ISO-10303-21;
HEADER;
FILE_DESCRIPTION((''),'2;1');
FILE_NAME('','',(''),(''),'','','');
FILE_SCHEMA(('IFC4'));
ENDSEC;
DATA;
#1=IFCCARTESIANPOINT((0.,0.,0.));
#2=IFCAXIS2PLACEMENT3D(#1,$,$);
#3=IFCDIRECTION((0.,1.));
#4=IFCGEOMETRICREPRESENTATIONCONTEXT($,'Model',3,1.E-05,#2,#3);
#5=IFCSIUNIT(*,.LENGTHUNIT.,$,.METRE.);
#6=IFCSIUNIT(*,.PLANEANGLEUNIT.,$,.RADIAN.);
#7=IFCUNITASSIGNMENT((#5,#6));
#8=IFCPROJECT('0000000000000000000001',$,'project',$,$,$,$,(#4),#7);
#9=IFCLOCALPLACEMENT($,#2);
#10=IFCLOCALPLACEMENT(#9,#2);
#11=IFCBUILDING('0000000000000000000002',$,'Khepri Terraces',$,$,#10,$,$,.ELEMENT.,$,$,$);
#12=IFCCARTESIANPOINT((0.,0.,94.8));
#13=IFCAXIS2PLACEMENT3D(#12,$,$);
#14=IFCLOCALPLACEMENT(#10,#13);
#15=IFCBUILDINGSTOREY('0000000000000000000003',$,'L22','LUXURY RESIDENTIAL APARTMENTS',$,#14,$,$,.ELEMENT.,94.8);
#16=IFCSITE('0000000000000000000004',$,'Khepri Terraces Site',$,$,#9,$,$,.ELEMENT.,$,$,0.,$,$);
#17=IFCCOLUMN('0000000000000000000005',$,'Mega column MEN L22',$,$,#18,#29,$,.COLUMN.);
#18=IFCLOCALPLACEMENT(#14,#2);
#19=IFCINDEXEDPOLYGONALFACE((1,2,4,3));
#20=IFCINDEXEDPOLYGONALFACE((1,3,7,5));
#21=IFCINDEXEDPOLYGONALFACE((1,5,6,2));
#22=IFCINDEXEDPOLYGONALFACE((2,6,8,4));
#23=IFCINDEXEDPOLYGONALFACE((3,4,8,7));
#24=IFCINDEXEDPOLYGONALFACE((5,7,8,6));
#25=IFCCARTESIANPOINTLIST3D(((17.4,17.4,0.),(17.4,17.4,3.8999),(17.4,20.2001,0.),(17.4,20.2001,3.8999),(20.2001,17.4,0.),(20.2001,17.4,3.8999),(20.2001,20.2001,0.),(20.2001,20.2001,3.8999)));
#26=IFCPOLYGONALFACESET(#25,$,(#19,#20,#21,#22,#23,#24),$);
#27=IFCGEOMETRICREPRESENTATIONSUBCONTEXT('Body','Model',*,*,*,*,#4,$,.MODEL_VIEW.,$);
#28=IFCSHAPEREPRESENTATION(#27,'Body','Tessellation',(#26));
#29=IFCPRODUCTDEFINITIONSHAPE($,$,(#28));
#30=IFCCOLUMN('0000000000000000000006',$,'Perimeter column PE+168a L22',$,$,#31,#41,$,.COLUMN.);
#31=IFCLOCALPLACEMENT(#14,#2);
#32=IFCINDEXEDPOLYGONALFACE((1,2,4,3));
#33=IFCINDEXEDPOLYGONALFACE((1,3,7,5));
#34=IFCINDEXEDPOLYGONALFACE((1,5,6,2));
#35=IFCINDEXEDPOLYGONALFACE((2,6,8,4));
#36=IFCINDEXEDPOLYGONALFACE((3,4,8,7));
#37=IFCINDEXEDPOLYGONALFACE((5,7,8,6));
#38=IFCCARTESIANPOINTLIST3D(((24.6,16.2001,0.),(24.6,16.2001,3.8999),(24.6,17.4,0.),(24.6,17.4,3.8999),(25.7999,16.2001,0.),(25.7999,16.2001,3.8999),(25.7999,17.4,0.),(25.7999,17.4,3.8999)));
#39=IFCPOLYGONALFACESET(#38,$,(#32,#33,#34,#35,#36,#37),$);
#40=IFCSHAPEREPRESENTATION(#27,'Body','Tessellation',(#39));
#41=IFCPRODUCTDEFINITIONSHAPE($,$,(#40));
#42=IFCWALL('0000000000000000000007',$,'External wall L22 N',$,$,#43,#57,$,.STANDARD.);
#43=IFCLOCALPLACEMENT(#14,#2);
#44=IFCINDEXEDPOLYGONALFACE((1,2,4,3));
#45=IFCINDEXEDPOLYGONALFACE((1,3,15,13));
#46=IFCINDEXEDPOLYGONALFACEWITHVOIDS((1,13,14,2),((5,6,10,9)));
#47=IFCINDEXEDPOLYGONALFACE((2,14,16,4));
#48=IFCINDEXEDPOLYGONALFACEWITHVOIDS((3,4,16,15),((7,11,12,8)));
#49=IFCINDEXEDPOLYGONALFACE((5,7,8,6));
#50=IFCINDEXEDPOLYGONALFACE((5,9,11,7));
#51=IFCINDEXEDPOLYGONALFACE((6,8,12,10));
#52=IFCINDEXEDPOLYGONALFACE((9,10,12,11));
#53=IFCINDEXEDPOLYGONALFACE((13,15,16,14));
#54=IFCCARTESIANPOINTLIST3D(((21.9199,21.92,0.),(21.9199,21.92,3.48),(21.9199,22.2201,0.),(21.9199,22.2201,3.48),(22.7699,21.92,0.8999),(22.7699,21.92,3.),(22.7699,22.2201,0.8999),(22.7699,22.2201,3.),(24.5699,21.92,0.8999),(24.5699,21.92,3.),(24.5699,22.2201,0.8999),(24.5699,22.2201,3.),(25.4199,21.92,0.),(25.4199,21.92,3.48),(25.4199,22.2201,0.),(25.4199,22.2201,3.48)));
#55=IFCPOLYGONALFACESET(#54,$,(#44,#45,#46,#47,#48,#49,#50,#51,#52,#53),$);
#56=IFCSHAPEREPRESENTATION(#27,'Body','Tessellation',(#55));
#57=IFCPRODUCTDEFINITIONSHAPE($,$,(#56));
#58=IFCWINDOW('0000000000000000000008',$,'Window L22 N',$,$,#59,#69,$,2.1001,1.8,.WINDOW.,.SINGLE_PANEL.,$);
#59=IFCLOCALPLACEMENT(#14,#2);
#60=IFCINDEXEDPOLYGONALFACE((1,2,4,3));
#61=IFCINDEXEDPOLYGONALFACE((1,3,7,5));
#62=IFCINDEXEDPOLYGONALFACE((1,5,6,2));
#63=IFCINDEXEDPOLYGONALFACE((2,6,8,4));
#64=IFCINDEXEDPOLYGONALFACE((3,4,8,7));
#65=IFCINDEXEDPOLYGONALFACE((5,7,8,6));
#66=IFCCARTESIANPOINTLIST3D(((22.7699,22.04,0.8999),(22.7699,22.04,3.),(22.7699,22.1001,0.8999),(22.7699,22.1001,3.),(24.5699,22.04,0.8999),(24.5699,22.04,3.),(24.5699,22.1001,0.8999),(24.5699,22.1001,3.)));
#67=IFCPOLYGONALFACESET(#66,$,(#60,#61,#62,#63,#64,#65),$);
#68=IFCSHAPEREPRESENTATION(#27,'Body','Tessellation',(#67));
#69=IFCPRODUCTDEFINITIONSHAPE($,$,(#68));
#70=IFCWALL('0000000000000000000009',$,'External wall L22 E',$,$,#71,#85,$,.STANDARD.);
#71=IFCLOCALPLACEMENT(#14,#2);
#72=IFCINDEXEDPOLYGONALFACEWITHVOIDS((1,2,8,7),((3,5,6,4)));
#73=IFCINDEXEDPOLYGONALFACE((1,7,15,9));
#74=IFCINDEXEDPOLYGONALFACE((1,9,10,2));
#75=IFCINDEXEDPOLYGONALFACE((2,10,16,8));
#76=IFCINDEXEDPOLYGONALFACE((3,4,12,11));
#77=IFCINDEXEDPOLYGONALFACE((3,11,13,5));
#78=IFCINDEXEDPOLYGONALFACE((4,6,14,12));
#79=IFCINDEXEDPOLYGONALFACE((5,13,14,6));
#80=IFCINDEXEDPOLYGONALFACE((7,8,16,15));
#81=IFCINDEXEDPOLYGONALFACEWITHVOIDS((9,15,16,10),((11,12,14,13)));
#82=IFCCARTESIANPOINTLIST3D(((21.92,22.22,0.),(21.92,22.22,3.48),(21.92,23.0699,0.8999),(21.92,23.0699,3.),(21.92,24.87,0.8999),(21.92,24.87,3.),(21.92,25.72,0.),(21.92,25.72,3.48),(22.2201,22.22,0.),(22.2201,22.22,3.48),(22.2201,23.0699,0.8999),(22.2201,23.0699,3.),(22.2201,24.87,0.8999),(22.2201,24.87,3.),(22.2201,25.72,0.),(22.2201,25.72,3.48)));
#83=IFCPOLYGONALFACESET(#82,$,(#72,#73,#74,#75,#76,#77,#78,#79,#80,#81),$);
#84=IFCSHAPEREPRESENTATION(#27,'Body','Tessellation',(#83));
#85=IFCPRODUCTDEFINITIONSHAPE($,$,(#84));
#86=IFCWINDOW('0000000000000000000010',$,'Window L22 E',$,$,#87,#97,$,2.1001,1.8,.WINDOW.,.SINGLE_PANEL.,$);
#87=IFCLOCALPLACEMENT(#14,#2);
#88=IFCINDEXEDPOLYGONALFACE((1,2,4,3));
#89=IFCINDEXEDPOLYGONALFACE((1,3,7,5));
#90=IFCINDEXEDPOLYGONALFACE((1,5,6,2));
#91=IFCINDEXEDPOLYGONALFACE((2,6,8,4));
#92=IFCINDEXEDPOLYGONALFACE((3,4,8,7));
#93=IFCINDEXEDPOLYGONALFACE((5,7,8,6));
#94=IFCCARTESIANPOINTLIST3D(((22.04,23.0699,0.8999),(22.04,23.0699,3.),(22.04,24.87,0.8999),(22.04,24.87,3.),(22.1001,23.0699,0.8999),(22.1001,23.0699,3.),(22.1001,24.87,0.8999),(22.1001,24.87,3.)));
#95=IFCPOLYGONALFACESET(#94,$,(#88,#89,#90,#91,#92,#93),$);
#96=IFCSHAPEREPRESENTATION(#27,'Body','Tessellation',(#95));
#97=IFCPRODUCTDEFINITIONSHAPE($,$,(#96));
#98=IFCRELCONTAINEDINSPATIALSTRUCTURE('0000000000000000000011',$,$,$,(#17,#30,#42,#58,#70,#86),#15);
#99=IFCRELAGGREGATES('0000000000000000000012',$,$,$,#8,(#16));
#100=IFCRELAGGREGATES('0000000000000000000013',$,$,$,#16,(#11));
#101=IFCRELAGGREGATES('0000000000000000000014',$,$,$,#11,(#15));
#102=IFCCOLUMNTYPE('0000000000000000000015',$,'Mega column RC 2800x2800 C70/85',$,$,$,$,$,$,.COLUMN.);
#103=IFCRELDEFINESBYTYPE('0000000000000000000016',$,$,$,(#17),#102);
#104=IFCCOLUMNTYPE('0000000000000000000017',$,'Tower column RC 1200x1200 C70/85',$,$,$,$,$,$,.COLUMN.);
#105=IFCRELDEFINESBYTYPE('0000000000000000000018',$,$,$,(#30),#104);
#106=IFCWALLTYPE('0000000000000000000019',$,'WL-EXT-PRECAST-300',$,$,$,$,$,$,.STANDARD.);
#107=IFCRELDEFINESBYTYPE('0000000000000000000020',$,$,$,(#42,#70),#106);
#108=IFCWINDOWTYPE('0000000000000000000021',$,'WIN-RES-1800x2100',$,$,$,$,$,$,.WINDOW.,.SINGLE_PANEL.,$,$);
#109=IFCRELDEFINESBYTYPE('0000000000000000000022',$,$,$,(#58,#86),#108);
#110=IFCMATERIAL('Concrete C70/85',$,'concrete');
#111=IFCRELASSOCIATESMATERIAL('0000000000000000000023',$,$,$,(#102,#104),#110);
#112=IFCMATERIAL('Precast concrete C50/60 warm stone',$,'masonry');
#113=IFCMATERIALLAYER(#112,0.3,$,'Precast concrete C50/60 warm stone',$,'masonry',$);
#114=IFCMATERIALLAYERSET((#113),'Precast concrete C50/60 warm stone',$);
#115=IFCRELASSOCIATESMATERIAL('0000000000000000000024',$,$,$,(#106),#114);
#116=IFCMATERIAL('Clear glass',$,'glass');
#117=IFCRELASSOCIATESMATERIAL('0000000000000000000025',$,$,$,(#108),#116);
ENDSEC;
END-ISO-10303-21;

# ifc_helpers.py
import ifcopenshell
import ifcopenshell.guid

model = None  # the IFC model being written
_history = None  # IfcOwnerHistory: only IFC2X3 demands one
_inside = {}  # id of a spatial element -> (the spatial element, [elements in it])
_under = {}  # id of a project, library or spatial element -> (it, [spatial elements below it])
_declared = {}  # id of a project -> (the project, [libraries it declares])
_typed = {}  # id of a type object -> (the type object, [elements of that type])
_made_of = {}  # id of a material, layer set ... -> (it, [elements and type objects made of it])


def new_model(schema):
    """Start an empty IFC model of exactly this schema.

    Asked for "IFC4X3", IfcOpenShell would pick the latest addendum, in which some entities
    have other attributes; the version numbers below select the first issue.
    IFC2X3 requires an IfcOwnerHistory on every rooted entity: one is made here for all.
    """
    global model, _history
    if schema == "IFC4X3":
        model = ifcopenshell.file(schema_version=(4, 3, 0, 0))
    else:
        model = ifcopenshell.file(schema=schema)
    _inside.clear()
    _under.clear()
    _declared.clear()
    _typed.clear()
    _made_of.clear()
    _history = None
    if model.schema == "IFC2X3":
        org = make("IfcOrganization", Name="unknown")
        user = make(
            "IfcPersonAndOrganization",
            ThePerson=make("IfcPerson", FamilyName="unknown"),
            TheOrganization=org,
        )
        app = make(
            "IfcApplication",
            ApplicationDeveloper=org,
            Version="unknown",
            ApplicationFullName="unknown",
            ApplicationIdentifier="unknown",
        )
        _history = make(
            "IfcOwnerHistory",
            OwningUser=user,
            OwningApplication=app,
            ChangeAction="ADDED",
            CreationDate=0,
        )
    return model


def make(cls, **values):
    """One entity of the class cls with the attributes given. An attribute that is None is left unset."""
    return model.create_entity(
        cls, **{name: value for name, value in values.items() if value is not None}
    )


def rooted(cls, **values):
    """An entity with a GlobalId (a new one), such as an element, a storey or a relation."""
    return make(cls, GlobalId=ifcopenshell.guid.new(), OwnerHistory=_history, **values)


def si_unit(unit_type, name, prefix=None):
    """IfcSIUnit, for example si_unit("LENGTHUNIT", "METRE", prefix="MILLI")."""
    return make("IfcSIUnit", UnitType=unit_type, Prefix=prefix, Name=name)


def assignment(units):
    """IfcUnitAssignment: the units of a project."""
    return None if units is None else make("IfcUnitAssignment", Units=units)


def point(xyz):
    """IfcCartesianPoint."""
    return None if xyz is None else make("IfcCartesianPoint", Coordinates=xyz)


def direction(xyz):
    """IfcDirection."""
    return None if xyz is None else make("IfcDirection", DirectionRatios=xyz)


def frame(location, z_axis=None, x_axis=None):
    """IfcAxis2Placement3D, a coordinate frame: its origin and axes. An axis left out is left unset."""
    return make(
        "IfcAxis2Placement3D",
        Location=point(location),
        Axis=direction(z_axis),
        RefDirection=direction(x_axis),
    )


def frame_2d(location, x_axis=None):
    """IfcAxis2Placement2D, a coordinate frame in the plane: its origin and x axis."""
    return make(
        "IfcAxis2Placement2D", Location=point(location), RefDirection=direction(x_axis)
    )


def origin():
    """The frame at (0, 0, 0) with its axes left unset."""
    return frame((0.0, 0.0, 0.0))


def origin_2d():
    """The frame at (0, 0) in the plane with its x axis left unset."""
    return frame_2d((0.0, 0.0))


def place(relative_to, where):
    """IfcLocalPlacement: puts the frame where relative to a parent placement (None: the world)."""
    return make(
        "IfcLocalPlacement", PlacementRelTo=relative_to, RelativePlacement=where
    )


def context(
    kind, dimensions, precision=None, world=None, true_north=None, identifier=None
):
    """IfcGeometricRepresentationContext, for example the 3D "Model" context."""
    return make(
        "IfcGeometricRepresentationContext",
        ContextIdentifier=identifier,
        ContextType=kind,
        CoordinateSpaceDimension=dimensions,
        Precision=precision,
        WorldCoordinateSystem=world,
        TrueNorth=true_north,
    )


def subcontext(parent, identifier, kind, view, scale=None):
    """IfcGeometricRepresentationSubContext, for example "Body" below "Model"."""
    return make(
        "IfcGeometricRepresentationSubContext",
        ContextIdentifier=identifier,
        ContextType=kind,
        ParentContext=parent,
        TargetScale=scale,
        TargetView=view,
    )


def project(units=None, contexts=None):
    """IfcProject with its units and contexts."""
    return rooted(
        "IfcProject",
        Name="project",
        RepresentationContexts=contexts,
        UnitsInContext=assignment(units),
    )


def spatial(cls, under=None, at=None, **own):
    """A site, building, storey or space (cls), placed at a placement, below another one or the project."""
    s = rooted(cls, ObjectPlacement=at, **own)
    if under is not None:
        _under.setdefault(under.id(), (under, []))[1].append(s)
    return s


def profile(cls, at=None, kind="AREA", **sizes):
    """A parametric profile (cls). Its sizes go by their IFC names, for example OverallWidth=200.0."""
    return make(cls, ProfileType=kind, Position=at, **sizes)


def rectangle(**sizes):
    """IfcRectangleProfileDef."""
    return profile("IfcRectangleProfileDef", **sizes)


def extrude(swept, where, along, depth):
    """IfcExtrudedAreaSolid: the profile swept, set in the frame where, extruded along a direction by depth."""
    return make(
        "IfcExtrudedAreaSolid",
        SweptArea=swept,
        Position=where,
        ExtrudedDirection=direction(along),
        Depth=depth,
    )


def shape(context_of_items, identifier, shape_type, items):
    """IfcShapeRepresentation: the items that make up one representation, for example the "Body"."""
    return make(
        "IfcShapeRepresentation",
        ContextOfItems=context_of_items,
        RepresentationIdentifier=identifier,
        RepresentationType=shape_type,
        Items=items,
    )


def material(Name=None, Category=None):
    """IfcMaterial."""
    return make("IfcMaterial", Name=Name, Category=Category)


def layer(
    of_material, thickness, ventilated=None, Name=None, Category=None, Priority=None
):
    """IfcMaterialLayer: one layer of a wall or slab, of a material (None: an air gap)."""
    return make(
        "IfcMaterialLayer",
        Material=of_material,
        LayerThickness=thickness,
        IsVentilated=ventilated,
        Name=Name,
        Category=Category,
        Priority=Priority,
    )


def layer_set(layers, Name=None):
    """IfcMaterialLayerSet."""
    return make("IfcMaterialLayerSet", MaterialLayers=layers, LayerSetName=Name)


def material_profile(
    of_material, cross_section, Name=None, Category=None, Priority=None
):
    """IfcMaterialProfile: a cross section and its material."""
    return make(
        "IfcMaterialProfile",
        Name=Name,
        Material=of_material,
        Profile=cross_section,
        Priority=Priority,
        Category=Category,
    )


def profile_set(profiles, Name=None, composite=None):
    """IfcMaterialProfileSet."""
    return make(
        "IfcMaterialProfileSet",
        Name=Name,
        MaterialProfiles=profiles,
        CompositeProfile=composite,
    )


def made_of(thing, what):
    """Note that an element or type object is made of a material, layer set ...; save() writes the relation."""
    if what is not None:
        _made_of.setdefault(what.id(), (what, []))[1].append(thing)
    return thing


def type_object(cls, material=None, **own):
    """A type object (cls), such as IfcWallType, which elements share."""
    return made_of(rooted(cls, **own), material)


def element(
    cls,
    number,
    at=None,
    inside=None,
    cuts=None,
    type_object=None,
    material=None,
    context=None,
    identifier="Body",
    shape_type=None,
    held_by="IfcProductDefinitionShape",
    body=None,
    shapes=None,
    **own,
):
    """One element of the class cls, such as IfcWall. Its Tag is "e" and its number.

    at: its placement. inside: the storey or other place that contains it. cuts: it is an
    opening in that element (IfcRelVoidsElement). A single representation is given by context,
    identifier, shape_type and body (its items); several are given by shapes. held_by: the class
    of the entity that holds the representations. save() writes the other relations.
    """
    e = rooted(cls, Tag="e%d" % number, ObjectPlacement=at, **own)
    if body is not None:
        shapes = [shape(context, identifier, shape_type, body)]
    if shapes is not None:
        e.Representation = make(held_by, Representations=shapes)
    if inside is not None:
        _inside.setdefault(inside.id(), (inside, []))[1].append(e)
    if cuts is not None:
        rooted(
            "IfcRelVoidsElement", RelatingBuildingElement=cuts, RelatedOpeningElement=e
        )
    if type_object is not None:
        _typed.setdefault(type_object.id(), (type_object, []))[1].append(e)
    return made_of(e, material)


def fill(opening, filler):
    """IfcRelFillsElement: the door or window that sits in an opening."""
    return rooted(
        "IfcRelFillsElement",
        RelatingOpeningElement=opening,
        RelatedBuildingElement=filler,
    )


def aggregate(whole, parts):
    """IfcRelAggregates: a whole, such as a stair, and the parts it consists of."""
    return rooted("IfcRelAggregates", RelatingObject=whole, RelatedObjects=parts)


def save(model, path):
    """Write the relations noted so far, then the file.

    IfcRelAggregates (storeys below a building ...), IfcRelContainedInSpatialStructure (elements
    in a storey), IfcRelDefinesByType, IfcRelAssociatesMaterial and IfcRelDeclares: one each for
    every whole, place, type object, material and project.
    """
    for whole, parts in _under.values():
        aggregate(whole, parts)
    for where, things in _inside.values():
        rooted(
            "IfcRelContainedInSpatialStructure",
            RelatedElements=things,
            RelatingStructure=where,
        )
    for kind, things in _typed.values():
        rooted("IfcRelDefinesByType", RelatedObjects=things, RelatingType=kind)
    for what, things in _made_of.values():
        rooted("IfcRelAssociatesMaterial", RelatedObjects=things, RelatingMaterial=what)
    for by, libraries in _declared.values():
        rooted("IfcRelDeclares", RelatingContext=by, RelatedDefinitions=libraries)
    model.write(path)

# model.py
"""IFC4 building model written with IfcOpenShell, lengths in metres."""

from ifc_helpers import new_model, si_unit, direction, frame, frame_2d, origin, origin_2d, place, context, subcontext, project, spatial, rectangle, extrude, material, layer, layer_set, material_profile, profile_set, type_object, element, fill, save


model = new_model("IFC4")

# Units and contexts
model_context = context("Model", 3, precision=1e-05, world=origin(), true_north=direction((0.0, 1.0)))
body_context = subcontext(model_context, "Body", "Model", "MODEL_VIEW")
ifc_project = project(units=[si_unit("LENGTHUNIT", "METRE"), si_unit("PLANEANGLEUNIT", "RADIAN")], contexts=[model_context])

# Site, building, storey
site_placement = place(None, origin())
site = spatial("IfcSite", under=ifc_project, at=site_placement, Name="Khepri Terraces Site", CompositionType="ELEMENT", RefElevation=0.0)
building_placement = place(site_placement, origin())
building = spatial("IfcBuilding", under=site, at=building_placement, Name="Khepri Terraces", CompositionType="ELEMENT")
storey_placement = place(building_placement, frame((0.0, 0.0, 94.8)))
storey = spatial("IfcBuildingStorey", under=building, at=storey_placement, Name="L22", Description="LUXURY RESIDENTIAL APARTMENTS", CompositionType="ELEMENT", Elevation=94.8)

# Columns
ifc_material_1 = material(Name="Concrete C70/85", Category="concrete")
ifc_material_profile_1 = material_profile(ifc_material_1, rectangle(XDim=2.8, YDim=2.8, at=origin_2d()), Name="Concrete C70/85", Category="concrete")
ifc_profile_set_1 = profile_set([ifc_material_profile_1], Name="Concrete C70/85")
column_type_1 = type_object("IfcColumnType", Name="Mega column RC 2800x2800 C70/85", PredefinedType="COLUMN", material=ifc_profile_set_1)
column_1_placement = place(storey_placement, frame((18.8, 18.8, 0.0), z_axis=(0.0, 0.0, 1.0), x_axis=(1.0, 0.0, 0.0)))
element("IfcColumn", 1, at=column_1_placement, inside=storey, type_object=column_type_1, Name="Mega column MEN L22", PredefinedType="COLUMN", context=body_context, shape_type="SweptSolid", body=[
    extrude(rectangle(XDim=2.8, YDim=2.8, at=origin_2d()), origin(), (0.0, 0.0, 1.0), 3.8999),
])
ifc_material_profile_2 = material_profile(ifc_material_1, rectangle(XDim=1.2, YDim=1.2, at=origin_2d()), Name="Concrete C70/85", Category="concrete")
ifc_profile_set_2 = profile_set([ifc_material_profile_2], Name="Concrete C70/85")
column_type_2 = type_object("IfcColumnType", Name="Tower column RC 1200x1200 C70/85", PredefinedType="COLUMN", material=ifc_profile_set_2)
column_2_placement = place(storey_placement, frame((25.2, 16.8, 0.0), z_axis=(0.0, 0.0, 1.0), x_axis=(1.0, 0.0, 0.0)))
element("IfcColumn", 2, at=column_2_placement, inside=storey, type_object=column_type_2, Name="Perimeter column PE+168a L22", PredefinedType="COLUMN", context=body_context, shape_type="SweptSolid", body=[
    extrude(rectangle(XDim=1.2, YDim=1.2, at=origin_2d()), origin(), (0.0, 0.0, 1.0), 3.8999),
])

# Shared definitions
ifc_material_2 = material(Name="Precast concrete C50/60 warm stone", Category="masonry")
ifc_layer = layer(ifc_material_2, 0.3, Name="Precast concrete C50/60 warm stone", Category="masonry")
ifc_layer_set = layer_set([ifc_layer], Name="Precast concrete C50/60 warm stone")
wall_type = type_object("IfcWallType", Name="WL-EXT-PRECAST-300", PredefinedType="STANDARD", material=ifc_layer_set)
ifc_material_3 = material(Name="Clear glass", Category="glass")
window_type = type_object("IfcWindowType", Name="WIN-RES-1800x2100", PartitioningType="SINGLE_PANEL", PredefinedType="WINDOW", material=ifc_material_3)

# Walls, openings, windows
wall_1_placement = place(storey_placement, frame((25.4199, 22.0701, 0.0), z_axis=(0.0, 0.0, 1.0), x_axis=(-1.0, 0.0, 0.0)))
wall_1 = element("IfcWall", 3, at=wall_1_placement, inside=storey, type_object=wall_type, Name="External wall L22 N", PredefinedType="STANDARD", context=body_context, shape_type="SweptSolid", body=[
    extrude(rectangle(XDim=3.5, YDim=0.3, at=frame_2d((1.75, 0.0))), origin(), (0.0, 0.0, 1.0), 3.48),
])
opening_1_placement = place(wall_1_placement, frame((0.8501, 0.0, 0.8999)))
opening_1 = element("IfcOpeningElement", 4, at=opening_1_placement, cuts=wall_1, PredefinedType="OPENING", context=body_context, shape_type="SweptSolid", body=[
    extrude(rectangle(XDim=1.8, YDim=2.1001, at=frame_2d((0.8999, 1.05))), frame((0.0, 0.1602, 0.0), z_axis=(0.0, -1.0, 0.0), x_axis=(1.0, 0.0, 0.0)), (0.0, 0.0, 1.0), 0.3201),
])
window_1_placement = place(opening_1_placement, origin())
window_1 = element("IfcWindow", 5, at=window_1_placement, inside=storey, type_object=window_type, Name="Window L22 N", OverallHeight=2.1001, OverallWidth=1.8, PartitioningType="SINGLE_PANEL", PredefinedType="WINDOW", context=body_context, shape_type="SweptSolid", body=[
    extrude(rectangle(XDim=1.8, YDim=2.1001, at=frame_2d((0.8999, 1.05))), frame((0.0, 0.03, 0.0), z_axis=(0.0, -1.0, 0.0), x_axis=(1.0, 0.0, 0.0)), (0.0, 0.0, 1.0), 0.0601),
])
fill(opening_1, window_1)
wall_2_placement = place(storey_placement, frame((22.0701, 22.22, 0.0), z_axis=(0.0, 0.0, 1.0), x_axis=(0.0, 1.0, 0.0)))
wall_2 = element("IfcWall", 6, at=wall_2_placement, inside=storey, type_object=wall_type, Name="External wall L22 E", PredefinedType="STANDARD", context=body_context, shape_type="SweptSolid", body=[
    extrude(rectangle(XDim=3.5, YDim=0.3, at=frame_2d((1.75, 0.0))), origin(), (0.0, 0.0, 1.0), 3.48),
])
opening_2_placement = place(wall_2_placement, frame((0.8501, 0.0, 0.8999)))
opening_2 = element("IfcOpeningElement", 7, at=opening_2_placement, cuts=wall_2, PredefinedType="OPENING", context=body_context, shape_type="SweptSolid", body=[
    extrude(rectangle(XDim=1.8, YDim=2.1001, at=frame_2d((0.8999, 1.05))), frame((0.0, 0.1602, 0.0), z_axis=(0.0, -1.0, 0.0), x_axis=(1.0, 0.0, 0.0)), (0.0, 0.0, 1.0), 0.3201),
])
window_2_placement = place(opening_2_placement, origin())
window_2 = element("IfcWindow", 8, at=window_2_placement, inside=storey, type_object=window_type, Name="Window L22 E", OverallHeight=2.1001, OverallWidth=1.8, PartitioningType="SINGLE_PANEL", PredefinedType="WINDOW", context=body_context, shape_type="SweptSolid", body=[
    extrude(rectangle(XDim=1.8, YDim=2.1001, at=frame_2d((0.8999, 1.05))), frame((0.0, 0.03, 0.0), z_axis=(0.0, -1.0, 0.0), x_axis=(1.0, 0.0, 0.0)), (0.0, 0.0, 1.0), 0.0601),
])
fill(opening_2, window_2)

save(model, "model.ifc")
